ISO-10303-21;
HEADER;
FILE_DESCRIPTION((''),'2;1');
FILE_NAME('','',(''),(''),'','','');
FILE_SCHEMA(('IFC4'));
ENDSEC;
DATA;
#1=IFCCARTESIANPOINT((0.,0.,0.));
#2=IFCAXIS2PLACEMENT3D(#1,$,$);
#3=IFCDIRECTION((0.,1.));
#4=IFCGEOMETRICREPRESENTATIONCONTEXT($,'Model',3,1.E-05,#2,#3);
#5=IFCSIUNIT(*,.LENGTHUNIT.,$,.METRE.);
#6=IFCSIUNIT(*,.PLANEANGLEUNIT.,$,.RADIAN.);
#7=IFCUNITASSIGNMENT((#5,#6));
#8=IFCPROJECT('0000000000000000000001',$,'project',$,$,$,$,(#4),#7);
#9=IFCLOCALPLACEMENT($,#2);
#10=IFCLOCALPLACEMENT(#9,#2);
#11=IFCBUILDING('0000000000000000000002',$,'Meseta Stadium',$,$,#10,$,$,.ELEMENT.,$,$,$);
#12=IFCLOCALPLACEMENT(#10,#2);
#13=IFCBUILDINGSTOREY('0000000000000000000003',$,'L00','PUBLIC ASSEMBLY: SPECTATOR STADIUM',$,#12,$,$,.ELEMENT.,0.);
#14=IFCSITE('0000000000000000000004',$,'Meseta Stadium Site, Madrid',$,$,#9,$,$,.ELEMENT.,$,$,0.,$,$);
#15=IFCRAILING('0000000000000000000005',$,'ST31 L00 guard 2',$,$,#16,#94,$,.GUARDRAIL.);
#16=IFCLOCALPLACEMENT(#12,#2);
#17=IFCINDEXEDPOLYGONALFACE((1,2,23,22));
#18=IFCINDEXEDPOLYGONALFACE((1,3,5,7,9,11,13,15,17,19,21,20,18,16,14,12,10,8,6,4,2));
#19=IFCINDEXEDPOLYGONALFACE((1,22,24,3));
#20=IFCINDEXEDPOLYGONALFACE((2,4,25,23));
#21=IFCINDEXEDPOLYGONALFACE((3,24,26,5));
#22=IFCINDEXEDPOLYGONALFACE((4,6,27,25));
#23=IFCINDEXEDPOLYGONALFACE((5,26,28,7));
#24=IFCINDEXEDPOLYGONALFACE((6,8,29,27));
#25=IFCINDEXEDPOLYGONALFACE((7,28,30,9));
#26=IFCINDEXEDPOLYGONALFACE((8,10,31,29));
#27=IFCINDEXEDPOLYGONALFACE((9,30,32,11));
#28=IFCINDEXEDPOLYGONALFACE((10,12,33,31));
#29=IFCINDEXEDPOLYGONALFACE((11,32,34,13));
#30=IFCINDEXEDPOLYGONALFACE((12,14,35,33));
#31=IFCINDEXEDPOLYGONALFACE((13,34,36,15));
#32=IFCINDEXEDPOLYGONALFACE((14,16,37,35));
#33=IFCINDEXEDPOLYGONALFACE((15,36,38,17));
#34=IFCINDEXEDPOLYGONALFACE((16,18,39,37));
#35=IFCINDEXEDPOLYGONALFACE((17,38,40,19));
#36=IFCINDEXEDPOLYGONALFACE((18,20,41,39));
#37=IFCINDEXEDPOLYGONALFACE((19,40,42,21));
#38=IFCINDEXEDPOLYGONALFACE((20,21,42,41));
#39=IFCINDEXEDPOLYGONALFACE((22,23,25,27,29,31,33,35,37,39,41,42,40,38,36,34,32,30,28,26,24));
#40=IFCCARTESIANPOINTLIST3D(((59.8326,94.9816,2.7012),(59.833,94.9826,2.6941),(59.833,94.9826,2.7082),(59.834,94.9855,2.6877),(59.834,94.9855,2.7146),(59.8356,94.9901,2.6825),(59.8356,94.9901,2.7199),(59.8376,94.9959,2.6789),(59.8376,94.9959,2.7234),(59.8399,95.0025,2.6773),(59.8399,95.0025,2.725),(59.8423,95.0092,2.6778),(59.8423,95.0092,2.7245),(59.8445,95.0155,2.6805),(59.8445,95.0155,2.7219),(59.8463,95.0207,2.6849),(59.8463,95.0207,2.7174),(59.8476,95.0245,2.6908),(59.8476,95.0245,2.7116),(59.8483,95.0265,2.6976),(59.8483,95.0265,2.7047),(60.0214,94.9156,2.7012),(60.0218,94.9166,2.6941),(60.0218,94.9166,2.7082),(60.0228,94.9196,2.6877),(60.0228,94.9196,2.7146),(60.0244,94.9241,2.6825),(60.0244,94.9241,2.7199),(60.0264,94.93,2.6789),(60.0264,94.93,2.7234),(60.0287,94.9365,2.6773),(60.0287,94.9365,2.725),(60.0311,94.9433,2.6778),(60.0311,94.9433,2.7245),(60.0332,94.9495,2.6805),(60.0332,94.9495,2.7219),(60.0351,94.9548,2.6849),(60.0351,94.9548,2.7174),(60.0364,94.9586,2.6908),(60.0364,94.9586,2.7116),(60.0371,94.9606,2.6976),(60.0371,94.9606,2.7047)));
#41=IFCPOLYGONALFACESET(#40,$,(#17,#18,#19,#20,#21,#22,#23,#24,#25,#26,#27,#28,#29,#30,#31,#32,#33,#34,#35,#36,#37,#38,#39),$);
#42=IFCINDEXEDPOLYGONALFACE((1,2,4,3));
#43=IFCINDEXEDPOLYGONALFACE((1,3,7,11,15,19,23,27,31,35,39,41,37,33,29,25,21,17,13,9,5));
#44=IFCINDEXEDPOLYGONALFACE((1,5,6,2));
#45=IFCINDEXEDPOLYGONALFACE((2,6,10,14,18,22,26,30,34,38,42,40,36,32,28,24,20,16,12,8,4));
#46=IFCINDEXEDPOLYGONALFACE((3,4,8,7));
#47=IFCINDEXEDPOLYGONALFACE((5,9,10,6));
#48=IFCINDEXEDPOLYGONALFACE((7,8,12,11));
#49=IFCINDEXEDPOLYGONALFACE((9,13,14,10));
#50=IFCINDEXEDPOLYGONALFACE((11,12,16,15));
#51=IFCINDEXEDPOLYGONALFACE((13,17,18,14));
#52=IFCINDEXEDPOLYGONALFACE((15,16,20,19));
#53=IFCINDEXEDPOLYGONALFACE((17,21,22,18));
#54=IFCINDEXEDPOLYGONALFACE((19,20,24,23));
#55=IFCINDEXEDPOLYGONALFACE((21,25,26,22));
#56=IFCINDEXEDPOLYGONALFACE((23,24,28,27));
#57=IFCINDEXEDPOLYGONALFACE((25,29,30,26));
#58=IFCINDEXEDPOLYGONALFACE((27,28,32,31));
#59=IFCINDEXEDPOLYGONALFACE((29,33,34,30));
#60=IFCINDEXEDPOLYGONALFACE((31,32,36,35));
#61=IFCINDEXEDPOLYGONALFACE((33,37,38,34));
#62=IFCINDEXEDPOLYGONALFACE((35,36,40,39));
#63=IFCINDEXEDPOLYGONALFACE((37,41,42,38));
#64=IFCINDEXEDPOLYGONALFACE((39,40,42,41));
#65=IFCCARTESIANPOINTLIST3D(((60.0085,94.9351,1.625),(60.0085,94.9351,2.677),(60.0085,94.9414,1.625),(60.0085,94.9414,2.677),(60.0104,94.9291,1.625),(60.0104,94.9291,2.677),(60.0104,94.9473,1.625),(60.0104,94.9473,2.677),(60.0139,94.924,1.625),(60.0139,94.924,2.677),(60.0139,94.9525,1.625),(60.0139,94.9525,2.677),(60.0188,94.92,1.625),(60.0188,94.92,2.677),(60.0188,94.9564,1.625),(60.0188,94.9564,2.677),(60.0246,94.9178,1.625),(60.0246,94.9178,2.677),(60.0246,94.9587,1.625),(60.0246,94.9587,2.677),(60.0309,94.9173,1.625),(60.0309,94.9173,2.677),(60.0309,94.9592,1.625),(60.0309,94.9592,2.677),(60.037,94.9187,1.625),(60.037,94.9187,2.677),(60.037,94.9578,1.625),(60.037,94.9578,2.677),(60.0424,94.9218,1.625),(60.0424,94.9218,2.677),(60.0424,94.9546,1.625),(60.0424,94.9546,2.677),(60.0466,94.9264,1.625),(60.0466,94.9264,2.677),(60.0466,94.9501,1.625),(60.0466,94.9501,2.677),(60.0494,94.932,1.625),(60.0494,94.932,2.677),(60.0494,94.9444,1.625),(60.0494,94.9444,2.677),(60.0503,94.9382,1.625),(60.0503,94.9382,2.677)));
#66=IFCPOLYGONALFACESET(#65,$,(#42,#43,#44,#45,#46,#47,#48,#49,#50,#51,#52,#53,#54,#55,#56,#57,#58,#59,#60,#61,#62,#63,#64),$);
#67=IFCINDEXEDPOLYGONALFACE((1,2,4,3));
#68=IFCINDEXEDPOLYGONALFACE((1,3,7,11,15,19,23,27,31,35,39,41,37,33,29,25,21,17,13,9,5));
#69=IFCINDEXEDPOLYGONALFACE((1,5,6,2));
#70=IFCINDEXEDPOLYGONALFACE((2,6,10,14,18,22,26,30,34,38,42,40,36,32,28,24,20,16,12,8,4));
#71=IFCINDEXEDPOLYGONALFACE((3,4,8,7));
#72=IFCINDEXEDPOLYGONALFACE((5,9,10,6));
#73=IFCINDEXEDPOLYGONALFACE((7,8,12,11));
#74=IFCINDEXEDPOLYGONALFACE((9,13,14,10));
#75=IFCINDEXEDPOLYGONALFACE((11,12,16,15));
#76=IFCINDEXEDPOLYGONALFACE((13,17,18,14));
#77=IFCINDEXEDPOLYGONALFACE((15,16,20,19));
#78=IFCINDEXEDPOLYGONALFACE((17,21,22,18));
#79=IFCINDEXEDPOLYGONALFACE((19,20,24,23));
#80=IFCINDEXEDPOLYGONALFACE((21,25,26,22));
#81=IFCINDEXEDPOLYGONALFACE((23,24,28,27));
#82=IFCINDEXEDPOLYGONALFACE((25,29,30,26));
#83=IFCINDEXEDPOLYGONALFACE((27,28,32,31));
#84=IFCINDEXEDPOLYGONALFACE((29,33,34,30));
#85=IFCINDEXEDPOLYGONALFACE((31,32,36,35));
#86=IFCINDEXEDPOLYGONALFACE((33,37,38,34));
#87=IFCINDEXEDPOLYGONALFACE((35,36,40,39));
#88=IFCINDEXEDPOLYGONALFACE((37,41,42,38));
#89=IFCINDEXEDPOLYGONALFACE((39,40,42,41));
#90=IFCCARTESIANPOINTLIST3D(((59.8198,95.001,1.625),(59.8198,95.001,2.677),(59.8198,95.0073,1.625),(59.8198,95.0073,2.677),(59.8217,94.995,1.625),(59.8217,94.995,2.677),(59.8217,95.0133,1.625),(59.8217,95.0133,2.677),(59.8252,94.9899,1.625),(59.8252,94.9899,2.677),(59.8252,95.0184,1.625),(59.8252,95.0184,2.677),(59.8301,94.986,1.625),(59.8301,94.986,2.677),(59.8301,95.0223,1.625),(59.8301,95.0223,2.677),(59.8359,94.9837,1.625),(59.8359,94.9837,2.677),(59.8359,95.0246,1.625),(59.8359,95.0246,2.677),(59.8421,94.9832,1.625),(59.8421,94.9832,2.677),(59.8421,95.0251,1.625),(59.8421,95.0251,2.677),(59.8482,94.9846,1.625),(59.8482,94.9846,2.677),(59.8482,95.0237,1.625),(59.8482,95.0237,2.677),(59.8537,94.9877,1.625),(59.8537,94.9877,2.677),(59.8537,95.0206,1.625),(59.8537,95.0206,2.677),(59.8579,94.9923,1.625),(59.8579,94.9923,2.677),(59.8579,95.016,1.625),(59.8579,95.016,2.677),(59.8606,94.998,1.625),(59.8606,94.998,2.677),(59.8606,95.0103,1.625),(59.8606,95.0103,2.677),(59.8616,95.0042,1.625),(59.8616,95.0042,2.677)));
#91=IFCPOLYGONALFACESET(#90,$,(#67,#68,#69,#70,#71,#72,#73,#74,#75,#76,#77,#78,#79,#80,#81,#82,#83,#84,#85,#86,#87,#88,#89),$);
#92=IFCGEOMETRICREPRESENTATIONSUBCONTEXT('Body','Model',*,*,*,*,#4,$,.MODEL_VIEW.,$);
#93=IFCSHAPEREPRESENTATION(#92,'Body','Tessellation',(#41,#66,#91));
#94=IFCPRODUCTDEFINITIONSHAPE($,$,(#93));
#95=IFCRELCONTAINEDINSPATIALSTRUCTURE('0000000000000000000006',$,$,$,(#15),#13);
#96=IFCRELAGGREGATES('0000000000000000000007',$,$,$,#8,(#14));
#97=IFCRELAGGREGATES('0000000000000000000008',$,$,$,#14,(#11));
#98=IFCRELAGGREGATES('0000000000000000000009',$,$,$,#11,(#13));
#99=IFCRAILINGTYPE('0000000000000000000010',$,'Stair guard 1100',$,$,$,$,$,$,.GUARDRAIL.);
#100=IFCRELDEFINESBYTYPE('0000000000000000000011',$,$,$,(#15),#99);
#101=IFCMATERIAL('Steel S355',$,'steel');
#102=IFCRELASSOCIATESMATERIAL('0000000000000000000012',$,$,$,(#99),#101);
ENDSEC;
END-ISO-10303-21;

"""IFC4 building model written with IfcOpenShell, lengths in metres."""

from ifc_helpers import new_model, si_unit, direction, frame, origin, origin_2d, place, context, subcontext, project, spatial, circle, extrude, material, type_object, element, save


model = new_model("IFC4")

# Units and contexts
model_context = context("Model", 3, precision=1e-05, world=origin(), true_north=direction((0.0, 1.0)))
body_context = subcontext(model_context, "Body", "Model", "MODEL_VIEW")
ifc_project = project(units=[si_unit("LENGTHUNIT", "METRE"), si_unit("PLANEANGLEUNIT", "RADIAN")], contexts=[model_context])

# Site, building, storey
site_placement = place(None, origin())
site = spatial("IfcSite", under=ifc_project, at=site_placement, Name="Meseta Stadium Site, Madrid", CompositionType="ELEMENT", RefElevation=0.0)
building_placement = place(site_placement, origin())
building = spatial("IfcBuilding", under=site, at=building_placement, Name="Meseta Stadium", CompositionType="ELEMENT")
storey_placement = place(building_placement, origin())
storey = spatial("IfcBuildingStorey", under=building, at=storey_placement, Name="L00", Description="PUBLIC ASSEMBLY: SPECTATOR STADIUM", CompositionType="ELEMENT", Elevation=0.0)

# Railing
ifc_material_1 = material(Name="Steel S355", Category="steel")
railing_type_1 = type_object("IfcRailingType", Name="Stair guard 1100", PredefinedType="GUARDRAIL", material=ifc_material_1)
railing_1_placement = place(storey_placement, frame((60.0293, 94.9382, 1.625)))
element("IfcRailing", 1, at=railing_1_placement, inside=storey, type_object=railing_type_1, Name="ST31 L00 guard 2", PredefinedType="GUARDRAIL", context=body_context, shape_type="SweptSolid", body=[
    extrude(circle(Radius=0.0239, at=origin_2d()), frame((0.0, 0.0, 1.0762), z_axis=(-0.944068, 0.329752, 0.0), x_axis=(-0.329752, -0.944068, 0.0)), (0.0, 0.0, 1.0), 0.2),
    extrude(circle(Radius=0.021, at=origin_2d()), origin(), (0.0, 0.0, 1.0), 1.052),
    extrude(circle(Radius=0.021, at=origin_2d()), frame((-0.1887, 0.0659, 0.0)), (0.0, 0.0, 1.0), 1.052),
])

save(model, "model.ifc")
